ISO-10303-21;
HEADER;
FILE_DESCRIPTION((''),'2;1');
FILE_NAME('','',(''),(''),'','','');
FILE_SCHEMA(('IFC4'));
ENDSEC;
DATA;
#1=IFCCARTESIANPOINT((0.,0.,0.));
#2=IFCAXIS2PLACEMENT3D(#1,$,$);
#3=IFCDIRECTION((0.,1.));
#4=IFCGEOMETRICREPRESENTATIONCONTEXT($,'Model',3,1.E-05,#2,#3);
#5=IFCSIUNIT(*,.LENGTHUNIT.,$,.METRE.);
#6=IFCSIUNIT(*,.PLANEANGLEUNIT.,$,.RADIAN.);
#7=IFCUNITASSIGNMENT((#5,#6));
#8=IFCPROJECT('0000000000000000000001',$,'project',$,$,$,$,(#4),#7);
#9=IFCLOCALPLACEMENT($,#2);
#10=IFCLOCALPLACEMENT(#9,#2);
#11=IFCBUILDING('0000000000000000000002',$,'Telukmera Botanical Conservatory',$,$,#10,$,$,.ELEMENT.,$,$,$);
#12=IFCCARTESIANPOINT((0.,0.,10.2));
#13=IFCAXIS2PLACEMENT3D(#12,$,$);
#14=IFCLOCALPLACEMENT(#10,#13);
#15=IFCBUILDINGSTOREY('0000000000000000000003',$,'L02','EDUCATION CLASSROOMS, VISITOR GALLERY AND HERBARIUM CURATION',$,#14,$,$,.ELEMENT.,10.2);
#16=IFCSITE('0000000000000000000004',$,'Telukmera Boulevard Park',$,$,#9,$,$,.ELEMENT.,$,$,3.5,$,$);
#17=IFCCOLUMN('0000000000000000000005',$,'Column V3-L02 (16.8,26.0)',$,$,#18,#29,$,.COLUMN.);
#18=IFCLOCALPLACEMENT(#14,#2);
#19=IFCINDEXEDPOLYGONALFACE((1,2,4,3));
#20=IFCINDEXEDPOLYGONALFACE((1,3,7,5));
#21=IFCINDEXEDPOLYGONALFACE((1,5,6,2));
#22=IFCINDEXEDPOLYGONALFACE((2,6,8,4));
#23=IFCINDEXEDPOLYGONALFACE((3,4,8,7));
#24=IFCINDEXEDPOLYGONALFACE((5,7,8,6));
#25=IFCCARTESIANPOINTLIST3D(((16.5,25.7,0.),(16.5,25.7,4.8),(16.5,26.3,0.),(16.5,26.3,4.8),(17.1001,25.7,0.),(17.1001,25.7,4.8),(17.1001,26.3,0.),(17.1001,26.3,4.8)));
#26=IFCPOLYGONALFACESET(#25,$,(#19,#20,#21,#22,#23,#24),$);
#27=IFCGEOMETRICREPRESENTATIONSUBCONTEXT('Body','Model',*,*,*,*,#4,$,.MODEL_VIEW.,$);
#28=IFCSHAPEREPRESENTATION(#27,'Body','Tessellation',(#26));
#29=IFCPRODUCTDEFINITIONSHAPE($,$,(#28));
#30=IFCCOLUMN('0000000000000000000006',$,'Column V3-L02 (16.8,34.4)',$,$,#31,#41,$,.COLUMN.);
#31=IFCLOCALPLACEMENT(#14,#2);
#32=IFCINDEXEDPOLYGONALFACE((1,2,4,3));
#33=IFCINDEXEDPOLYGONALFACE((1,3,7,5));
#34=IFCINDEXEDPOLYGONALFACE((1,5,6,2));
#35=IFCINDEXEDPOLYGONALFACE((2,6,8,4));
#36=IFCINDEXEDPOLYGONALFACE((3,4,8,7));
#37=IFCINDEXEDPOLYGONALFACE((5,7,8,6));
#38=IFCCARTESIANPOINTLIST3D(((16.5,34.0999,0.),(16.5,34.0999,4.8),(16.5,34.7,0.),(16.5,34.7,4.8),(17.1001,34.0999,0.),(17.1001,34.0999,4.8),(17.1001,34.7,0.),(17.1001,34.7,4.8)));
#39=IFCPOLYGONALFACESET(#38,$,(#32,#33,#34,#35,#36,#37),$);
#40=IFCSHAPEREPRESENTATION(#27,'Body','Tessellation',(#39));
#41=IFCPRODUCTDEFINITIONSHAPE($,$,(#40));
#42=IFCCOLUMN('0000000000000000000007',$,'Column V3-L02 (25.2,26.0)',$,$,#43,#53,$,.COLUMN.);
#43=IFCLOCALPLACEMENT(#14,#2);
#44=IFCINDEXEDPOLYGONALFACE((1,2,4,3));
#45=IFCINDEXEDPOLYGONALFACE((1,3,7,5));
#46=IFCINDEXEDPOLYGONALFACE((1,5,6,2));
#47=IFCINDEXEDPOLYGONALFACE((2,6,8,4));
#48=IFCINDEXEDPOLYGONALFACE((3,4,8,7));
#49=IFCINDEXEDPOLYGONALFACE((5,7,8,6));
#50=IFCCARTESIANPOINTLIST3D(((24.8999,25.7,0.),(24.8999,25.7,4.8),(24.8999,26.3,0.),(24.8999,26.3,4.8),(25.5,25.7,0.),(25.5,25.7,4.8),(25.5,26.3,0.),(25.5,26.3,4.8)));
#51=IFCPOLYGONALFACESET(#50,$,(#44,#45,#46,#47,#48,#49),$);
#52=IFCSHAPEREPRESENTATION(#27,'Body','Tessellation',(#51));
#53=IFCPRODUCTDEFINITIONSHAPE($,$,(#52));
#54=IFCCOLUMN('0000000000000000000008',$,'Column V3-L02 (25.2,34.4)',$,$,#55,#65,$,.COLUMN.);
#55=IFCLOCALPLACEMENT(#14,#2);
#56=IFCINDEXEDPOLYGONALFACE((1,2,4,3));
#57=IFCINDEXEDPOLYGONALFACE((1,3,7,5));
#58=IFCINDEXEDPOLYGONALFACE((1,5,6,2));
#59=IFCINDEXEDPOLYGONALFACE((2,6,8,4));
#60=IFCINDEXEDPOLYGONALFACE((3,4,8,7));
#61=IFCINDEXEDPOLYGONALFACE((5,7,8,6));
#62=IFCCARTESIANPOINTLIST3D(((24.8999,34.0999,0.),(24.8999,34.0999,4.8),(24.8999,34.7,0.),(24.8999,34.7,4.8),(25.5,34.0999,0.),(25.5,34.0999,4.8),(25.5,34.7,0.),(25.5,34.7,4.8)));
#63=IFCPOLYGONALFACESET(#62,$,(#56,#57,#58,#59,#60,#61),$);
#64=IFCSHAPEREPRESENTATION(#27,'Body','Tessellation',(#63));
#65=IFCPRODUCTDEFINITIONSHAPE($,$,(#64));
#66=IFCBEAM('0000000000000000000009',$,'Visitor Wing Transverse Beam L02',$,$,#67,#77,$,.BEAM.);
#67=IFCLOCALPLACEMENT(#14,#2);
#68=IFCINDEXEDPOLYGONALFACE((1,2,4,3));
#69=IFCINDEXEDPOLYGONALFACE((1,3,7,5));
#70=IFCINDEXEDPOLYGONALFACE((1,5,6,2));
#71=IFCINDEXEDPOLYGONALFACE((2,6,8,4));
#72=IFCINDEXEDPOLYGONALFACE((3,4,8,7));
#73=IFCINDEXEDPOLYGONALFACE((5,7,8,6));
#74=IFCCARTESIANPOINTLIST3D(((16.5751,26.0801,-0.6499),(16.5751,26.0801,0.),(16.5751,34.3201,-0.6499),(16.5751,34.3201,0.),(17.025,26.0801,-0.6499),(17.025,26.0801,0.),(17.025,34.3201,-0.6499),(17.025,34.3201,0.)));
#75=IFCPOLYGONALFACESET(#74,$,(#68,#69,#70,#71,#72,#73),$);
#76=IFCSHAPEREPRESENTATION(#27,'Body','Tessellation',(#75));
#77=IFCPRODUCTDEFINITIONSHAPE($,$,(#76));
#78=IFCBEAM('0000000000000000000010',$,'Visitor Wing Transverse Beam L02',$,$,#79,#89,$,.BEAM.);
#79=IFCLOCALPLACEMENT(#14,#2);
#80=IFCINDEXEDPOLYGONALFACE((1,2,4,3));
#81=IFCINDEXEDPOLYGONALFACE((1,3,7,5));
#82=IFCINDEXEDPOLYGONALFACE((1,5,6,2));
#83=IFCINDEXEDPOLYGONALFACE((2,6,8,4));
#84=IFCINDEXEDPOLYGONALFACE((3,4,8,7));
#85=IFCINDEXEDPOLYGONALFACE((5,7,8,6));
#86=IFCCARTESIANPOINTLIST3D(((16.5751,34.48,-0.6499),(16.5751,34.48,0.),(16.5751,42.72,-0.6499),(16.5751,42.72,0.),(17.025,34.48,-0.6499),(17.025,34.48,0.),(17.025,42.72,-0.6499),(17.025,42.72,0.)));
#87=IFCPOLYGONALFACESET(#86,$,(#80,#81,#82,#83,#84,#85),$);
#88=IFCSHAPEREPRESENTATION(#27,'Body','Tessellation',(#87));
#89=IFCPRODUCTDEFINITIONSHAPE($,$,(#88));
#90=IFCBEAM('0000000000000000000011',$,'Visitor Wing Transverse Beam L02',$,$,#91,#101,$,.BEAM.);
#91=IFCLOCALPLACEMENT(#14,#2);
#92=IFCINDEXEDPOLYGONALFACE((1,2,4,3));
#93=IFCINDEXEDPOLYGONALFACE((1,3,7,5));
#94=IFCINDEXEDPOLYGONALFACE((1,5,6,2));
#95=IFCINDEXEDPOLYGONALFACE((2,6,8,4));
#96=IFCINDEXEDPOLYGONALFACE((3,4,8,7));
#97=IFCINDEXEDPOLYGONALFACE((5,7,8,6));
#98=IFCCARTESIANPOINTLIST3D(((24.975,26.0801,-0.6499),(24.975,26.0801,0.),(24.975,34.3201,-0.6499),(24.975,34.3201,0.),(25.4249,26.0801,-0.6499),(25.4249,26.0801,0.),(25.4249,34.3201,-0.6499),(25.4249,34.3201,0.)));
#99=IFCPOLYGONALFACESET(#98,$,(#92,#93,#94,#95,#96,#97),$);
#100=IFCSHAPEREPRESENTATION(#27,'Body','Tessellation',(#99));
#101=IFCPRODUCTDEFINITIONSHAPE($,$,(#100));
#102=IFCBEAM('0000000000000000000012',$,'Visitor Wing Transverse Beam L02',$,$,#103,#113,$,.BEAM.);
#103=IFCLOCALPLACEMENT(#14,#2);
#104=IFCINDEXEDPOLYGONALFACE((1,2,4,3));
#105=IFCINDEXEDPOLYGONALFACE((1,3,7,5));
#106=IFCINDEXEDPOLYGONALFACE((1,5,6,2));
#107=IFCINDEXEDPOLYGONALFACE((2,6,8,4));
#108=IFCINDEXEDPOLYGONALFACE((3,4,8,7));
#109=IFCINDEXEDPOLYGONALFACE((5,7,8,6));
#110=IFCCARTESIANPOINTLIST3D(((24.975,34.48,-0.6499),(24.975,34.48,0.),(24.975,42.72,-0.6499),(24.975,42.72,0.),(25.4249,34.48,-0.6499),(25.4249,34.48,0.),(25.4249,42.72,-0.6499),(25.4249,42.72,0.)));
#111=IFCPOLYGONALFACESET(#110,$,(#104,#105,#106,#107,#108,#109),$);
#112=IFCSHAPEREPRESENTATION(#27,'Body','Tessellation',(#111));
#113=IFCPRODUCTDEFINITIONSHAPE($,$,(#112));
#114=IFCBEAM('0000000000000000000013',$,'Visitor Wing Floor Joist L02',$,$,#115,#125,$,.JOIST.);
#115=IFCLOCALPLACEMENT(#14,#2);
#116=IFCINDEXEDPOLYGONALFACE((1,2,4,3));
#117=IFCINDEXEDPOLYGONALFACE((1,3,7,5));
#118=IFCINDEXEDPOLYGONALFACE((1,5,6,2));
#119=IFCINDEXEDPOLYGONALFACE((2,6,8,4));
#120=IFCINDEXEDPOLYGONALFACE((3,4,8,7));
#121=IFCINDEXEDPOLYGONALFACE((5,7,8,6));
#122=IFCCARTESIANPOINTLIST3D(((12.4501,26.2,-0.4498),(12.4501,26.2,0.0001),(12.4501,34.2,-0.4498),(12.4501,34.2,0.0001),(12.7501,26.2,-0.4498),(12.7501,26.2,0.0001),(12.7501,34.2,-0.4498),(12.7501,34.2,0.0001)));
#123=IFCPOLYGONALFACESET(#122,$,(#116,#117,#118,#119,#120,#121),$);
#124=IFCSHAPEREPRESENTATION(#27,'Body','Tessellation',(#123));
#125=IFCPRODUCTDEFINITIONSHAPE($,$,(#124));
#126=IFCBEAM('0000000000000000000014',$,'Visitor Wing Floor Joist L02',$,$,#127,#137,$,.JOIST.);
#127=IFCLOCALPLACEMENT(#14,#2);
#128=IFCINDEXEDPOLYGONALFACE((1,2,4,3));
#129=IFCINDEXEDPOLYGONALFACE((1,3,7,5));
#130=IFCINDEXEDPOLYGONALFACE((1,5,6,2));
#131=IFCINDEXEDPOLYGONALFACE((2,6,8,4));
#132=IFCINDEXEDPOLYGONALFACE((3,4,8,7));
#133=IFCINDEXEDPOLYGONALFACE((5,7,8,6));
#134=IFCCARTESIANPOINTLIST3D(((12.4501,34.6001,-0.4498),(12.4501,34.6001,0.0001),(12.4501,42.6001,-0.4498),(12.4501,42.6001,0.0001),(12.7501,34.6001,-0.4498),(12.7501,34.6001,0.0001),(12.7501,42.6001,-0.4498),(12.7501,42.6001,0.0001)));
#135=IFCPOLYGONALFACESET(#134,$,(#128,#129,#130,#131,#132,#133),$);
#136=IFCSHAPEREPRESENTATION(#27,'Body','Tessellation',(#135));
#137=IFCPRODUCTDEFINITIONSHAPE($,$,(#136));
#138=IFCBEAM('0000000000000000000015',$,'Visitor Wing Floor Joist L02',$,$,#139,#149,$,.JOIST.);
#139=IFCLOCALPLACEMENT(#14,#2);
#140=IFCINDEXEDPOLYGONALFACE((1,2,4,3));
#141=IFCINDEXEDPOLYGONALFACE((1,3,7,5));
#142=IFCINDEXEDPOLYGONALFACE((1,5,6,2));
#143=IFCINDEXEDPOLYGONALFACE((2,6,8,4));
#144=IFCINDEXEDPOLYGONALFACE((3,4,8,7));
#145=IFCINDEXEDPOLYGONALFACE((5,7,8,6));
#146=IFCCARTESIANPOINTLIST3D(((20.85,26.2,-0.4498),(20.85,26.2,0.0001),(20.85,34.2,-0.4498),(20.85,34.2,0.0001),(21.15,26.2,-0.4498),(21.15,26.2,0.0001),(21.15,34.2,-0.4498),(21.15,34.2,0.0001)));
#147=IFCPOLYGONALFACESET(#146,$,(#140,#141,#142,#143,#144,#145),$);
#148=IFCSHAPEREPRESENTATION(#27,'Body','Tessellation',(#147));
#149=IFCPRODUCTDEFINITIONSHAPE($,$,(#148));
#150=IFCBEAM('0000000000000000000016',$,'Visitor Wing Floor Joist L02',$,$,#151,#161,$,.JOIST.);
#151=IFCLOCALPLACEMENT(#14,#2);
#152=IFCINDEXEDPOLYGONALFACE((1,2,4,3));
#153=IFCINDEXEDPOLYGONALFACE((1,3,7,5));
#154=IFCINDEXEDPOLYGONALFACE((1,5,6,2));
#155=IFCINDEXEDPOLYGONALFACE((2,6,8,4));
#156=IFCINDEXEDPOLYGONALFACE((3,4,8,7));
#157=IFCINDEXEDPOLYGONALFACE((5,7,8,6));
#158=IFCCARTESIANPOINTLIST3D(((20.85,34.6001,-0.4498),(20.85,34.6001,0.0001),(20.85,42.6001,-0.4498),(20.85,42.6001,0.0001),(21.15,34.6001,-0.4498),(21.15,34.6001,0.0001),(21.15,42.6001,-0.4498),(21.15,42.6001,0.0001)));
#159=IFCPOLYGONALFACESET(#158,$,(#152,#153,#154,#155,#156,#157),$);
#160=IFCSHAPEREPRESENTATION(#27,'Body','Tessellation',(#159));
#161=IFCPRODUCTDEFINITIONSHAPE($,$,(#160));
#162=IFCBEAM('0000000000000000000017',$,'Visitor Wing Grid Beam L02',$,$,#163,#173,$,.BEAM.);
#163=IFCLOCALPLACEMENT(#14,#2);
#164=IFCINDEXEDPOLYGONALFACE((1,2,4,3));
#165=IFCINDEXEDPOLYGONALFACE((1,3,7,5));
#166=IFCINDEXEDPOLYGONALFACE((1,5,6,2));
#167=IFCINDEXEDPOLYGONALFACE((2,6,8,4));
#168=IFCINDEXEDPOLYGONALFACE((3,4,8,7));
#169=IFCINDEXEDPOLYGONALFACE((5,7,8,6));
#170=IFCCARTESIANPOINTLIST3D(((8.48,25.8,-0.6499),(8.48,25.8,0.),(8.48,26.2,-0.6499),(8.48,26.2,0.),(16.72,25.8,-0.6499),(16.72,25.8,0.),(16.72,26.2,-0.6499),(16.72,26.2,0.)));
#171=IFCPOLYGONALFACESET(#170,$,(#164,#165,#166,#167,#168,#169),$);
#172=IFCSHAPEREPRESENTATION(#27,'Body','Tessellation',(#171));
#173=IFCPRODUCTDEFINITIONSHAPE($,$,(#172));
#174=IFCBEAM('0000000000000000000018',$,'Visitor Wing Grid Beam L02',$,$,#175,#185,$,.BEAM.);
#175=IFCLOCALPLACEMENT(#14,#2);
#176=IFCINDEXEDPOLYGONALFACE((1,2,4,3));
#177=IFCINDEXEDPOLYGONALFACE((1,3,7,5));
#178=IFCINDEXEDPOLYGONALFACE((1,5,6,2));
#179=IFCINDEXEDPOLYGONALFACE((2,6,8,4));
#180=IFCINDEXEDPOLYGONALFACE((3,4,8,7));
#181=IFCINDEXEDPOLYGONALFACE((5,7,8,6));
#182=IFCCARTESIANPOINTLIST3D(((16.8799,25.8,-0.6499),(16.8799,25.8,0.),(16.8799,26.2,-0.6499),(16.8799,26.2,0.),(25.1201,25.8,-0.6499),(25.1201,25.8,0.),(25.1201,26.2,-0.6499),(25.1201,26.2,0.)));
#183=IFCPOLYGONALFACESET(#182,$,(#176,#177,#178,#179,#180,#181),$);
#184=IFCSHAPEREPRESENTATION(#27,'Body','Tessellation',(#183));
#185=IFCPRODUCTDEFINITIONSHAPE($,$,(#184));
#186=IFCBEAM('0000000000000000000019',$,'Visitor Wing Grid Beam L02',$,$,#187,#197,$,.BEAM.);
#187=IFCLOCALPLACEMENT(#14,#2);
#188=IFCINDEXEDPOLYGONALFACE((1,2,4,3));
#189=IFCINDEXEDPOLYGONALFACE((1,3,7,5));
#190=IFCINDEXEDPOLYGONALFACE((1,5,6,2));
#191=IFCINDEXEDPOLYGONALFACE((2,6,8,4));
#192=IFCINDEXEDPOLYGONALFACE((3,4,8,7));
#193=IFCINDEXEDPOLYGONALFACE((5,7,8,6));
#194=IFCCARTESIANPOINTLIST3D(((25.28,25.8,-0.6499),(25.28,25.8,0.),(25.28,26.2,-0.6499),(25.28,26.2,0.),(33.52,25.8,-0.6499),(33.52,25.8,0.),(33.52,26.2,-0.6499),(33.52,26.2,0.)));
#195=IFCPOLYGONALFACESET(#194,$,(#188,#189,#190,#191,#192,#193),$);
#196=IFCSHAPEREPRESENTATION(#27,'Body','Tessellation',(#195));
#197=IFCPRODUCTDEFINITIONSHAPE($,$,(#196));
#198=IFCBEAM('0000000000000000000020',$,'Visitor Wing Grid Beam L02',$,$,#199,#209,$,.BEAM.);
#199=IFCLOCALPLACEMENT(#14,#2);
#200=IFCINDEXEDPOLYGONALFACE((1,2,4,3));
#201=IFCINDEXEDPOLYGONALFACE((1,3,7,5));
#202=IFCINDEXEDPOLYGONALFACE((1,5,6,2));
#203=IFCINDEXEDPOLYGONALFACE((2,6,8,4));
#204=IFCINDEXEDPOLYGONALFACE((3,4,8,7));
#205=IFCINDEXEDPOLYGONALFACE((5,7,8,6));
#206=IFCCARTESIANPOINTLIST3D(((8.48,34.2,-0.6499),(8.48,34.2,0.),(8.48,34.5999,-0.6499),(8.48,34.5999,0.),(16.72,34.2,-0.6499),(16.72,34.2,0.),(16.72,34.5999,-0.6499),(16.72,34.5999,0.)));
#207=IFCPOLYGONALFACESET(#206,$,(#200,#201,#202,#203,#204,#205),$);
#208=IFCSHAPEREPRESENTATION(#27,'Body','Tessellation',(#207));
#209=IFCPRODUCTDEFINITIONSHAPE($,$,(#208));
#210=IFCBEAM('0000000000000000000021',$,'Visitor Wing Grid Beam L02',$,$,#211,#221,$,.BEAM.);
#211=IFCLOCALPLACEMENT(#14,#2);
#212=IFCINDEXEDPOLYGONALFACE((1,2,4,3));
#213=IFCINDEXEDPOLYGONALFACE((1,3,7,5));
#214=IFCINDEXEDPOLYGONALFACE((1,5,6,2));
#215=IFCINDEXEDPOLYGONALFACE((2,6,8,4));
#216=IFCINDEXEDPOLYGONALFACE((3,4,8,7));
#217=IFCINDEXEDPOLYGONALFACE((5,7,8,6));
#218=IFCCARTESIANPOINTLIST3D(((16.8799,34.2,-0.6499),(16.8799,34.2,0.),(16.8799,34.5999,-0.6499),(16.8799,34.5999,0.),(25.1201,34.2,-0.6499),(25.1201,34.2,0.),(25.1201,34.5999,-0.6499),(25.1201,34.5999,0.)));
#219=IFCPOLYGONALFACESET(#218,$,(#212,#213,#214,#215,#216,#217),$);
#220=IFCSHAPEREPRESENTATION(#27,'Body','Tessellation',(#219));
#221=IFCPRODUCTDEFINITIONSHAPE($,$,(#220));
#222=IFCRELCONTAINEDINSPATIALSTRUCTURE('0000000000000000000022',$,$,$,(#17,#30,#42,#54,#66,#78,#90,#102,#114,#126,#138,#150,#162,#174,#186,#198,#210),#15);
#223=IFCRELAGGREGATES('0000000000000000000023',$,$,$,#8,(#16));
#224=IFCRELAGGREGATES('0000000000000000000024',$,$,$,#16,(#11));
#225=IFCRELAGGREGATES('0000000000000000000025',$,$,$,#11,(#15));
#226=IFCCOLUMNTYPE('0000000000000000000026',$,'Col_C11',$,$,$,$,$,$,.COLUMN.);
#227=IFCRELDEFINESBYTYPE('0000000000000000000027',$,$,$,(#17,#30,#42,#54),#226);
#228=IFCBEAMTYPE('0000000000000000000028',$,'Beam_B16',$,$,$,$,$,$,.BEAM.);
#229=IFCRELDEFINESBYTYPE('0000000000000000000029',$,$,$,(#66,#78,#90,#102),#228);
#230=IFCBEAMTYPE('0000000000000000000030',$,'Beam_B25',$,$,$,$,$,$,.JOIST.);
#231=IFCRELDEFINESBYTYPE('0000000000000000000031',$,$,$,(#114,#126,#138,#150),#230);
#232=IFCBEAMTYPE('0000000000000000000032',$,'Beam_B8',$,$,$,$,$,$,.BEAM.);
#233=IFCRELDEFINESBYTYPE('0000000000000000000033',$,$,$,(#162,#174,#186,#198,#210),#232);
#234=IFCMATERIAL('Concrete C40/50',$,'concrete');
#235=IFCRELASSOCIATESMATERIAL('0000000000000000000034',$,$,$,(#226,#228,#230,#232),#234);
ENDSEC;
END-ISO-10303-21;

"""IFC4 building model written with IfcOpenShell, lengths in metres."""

from ifc_helpers import new_model, si_unit, direction, frame, origin, origin_2d, place, context, subcontext, project, spatial, rectangle, extrude, material, material_profile, profile_set, type_object, element, save


model = new_model("IFC4")

# Units and contexts
model_context = context("Model", 3, precision=1e-05, world=origin(), true_north=direction((0.0, 1.0)))
body_context = subcontext(model_context, "Body", "Model", "MODEL_VIEW")
ifc_project = project(units=[si_unit("LENGTHUNIT", "METRE"), si_unit("PLANEANGLEUNIT", "RADIAN")], contexts=[model_context])

# Site, building, storey
site_placement = place(None, origin())
site = spatial("IfcSite", under=ifc_project, at=site_placement, Name="Telukmera Boulevard Park", CompositionType="ELEMENT", RefElevation=3.5)
building_placement = place(site_placement, origin())
building = spatial("IfcBuilding", under=site, at=building_placement, Name="Telukmera Botanical Conservatory", CompositionType="ELEMENT")
storey_placement = place(building_placement, frame((0.0, 0.0, 10.2)))
storey = spatial("IfcBuildingStorey", under=building, at=storey_placement, Name="L02", Description="EDUCATION CLASSROOMS, VISITOR GALLERY AND HERBARIUM CURATION", CompositionType="ELEMENT", Elevation=10.2)

# Columns
ifc_material_1 = material(Name="Concrete C40/50", Category="concrete")
ifc_material_profile_1 = material_profile(ifc_material_1, rectangle(XDim=0.6001, YDim=0.6001, at=origin_2d()), Name="RC 600x600")
ifc_profile_set_1 = profile_set([ifc_material_profile_1], Name="Concrete C40/50")
column_type = type_object("IfcColumnType", Name="Col_C11", PredefinedType="COLUMN", material=ifc_profile_set_1)
for number, where, z_axis, x_axis, name in (
    (1, (16.8, 26.0, 0.0), (0.0, 0.0, 1.0), (1.0, 0.0, 0.0), "Column V3-L02 (16.8,26.0)"),
    (2, (16.8, 34.3999, 0.0), (0.0, 0.0, 1.0), (1.0, 0.0, 0.0), "Column V3-L02 (16.8,34.4)"),
    (3, (25.2, 26.0, 0.0), (0.0, 0.0, 1.0), (1.0, 0.0, 0.0), "Column V3-L02 (25.2,26.0)"),
    (4, (25.2, 34.3999, 0.0), (0.0, 0.0, 1.0), (1.0, 0.0, 0.0), "Column V3-L02 (25.2,34.4)"),
):
    element("IfcColumn", number, at=place(storey_placement, frame(where, z_axis=z_axis, x_axis=x_axis)), inside=storey, type_object=column_type, Name=name, PredefinedType="COLUMN", context=body_context, shape_type="SweptSolid", body=[
        extrude(rectangle(XDim=0.6001, YDim=0.6001, at=origin_2d()), origin(), (0.0, 0.0, 1.0), 4.8),
    ])

# Beams
ifc_material_profile_2 = material_profile(ifc_material_1, rectangle(XDim=0.45, YDim=0.6499, at=origin_2d()), Name="RC 450x650")
ifc_profile_set_2 = profile_set([ifc_material_profile_2], Name="Concrete C40/50")
beam_type_1 = type_object("IfcBeamType", Name="Beam_B16", PredefinedType="BEAM", material=ifc_profile_set_2)
for number, where, z_axis, x_axis, name in (
    (5, (16.8, 26.0801, -0.325), (0.0, 1.0, 0.0), (-1.0, 0.0, 0.0), "Visitor Wing Transverse Beam L02"),
    (6, (16.8, 34.48, -0.325), (0.0, 1.0, 0.0), (-1.0, 0.0, 0.0), "Visitor Wing Transverse Beam L02"),
    (7, (25.2, 26.0801, -0.325), (0.0, 1.0, 0.0), (-1.0, 0.0, 0.0), "Visitor Wing Transverse Beam L02"),
    (8, (25.2, 34.48, -0.325), (0.0, 1.0, 0.0), (-1.0, 0.0, 0.0), "Visitor Wing Transverse Beam L02"),
):
    element("IfcBeam", number, at=place(storey_placement, frame(where, z_axis=z_axis, x_axis=x_axis)), inside=storey, type_object=beam_type_1, Name=name, PredefinedType="BEAM", context=body_context, shape_type="SweptSolid", body=[
        extrude(rectangle(XDim=0.45, YDim=0.6499, at=origin_2d()), origin(), (0.0, 0.0, 1.0), 8.24),
    ])
ifc_material_profile_3 = material_profile(ifc_material_1, rectangle(XDim=0.3, YDim=0.45, at=origin_2d()), Name="RC 300x450")
ifc_profile_set_3 = profile_set([ifc_material_profile_3], Name="Concrete C40/50")
beam_type_2 = type_object("IfcBeamType", Name="Beam_B25", PredefinedType="JOIST", material=ifc_profile_set_3)
for number, where, z_axis, x_axis, name in (
    (9, (12.6001, 26.2, -0.2249), (0.0, 1.0, 0.0), (-1.0, 0.0, 0.0), "Visitor Wing Floor Joist L02"),
    (10, (12.6001, 34.6001, -0.2249), (0.0, 1.0, 0.0), (-1.0, 0.0, 0.0), "Visitor Wing Floor Joist L02"),
    (11, (21.0, 26.2, -0.2249), (0.0, 1.0, 0.0), (-1.0, 0.0, 0.0), "Visitor Wing Floor Joist L02"),
    (12, (21.0, 34.6001, -0.2249), (0.0, 1.0, 0.0), (-1.0, 0.0, 0.0), "Visitor Wing Floor Joist L02"),
):
    element("IfcBeam", number, at=place(storey_placement, frame(where, z_axis=z_axis, x_axis=x_axis)), inside=storey, type_object=beam_type_2, Name=name, PredefinedType="JOIST", context=body_context, shape_type="SweptSolid", body=[
        extrude(rectangle(XDim=0.3, YDim=0.45, at=origin_2d()), origin(), (0.0, 0.0, 1.0), 8.0),
    ])
ifc_material_profile_4 = material_profile(ifc_material_1, rectangle(XDim=0.3999, YDim=0.6499, at=origin_2d()), Name="RC 400x650")
ifc_profile_set_4 = profile_set([ifc_material_profile_4], Name="Concrete C40/50")
beam_type_3 = type_object("IfcBeamType", Name="Beam_B8", PredefinedType="BEAM", material=ifc_profile_set_4)
beam_1_placement = place(storey_placement, frame((8.48, 26.0, -0.325), z_axis=(1.0, 0.0, 0.0), x_axis=(0.0, 1.0, 0.0)))
element("IfcBeam", 13, at=beam_1_placement, inside=storey, type_object=beam_type_3, Name="Visitor Wing Grid Beam L02", PredefinedType="BEAM", context=body_context, shape_type="SweptSolid", body=[
    extrude(rectangle(XDim=0.3999, YDim=0.6499, at=origin_2d()), origin(), (0.0, 0.0, 1.0), 8.24),
])
beam_2_placement = place(storey_placement, frame((16.8799, 26.0, -0.325), z_axis=(1.0, 0.0, 0.0), x_axis=(0.0, 1.0, 0.0)))
element("IfcBeam", 14, at=beam_2_placement, inside=storey, type_object=beam_type_3, Name="Visitor Wing Grid Beam L02", PredefinedType="BEAM", context=body_context, shape_type="SweptSolid", body=[
    extrude(rectangle(XDim=0.3999, YDim=0.6499, at=origin_2d()), origin(), (0.0, 0.0, 1.0), 8.2402),
])
for number, where, z_axis, x_axis, name in (
    (15, (25.28, 26.0, -0.325), (1.0, 0.0, 0.0), (0.0, 1.0, 0.0), "Visitor Wing Grid Beam L02"),
    (16, (8.48, 34.3999, -0.325), (1.0, 0.0, 0.0), (0.0, 1.0, 0.0), "Visitor Wing Grid Beam L02"),
):
    element("IfcBeam", number, at=place(storey_placement, frame(where, z_axis=z_axis, x_axis=x_axis)), inside=storey, type_object=beam_type_3, Name=name, PredefinedType="BEAM", context=body_context, shape_type="SweptSolid", body=[
        extrude(rectangle(XDim=0.3999, YDim=0.6499, at=origin_2d()), origin(), (0.0, 0.0, 1.0), 8.24),
    ])
beam_3_placement = place(storey_placement, frame((16.8799, 34.3999, -0.325), z_axis=(1.0, 0.0, 0.0), x_axis=(0.0, 1.0, 0.0)))
element("IfcBeam", 17, at=beam_3_placement, inside=storey, type_object=beam_type_3, Name="Visitor Wing Grid Beam L02", PredefinedType="BEAM", context=body_context, shape_type="SweptSolid", body=[
    extrude(rectangle(XDim=0.3999, YDim=0.6499, at=origin_2d()), origin(), (0.0, 0.0, 1.0), 8.2402),
])

save(model, "model.ifc")
